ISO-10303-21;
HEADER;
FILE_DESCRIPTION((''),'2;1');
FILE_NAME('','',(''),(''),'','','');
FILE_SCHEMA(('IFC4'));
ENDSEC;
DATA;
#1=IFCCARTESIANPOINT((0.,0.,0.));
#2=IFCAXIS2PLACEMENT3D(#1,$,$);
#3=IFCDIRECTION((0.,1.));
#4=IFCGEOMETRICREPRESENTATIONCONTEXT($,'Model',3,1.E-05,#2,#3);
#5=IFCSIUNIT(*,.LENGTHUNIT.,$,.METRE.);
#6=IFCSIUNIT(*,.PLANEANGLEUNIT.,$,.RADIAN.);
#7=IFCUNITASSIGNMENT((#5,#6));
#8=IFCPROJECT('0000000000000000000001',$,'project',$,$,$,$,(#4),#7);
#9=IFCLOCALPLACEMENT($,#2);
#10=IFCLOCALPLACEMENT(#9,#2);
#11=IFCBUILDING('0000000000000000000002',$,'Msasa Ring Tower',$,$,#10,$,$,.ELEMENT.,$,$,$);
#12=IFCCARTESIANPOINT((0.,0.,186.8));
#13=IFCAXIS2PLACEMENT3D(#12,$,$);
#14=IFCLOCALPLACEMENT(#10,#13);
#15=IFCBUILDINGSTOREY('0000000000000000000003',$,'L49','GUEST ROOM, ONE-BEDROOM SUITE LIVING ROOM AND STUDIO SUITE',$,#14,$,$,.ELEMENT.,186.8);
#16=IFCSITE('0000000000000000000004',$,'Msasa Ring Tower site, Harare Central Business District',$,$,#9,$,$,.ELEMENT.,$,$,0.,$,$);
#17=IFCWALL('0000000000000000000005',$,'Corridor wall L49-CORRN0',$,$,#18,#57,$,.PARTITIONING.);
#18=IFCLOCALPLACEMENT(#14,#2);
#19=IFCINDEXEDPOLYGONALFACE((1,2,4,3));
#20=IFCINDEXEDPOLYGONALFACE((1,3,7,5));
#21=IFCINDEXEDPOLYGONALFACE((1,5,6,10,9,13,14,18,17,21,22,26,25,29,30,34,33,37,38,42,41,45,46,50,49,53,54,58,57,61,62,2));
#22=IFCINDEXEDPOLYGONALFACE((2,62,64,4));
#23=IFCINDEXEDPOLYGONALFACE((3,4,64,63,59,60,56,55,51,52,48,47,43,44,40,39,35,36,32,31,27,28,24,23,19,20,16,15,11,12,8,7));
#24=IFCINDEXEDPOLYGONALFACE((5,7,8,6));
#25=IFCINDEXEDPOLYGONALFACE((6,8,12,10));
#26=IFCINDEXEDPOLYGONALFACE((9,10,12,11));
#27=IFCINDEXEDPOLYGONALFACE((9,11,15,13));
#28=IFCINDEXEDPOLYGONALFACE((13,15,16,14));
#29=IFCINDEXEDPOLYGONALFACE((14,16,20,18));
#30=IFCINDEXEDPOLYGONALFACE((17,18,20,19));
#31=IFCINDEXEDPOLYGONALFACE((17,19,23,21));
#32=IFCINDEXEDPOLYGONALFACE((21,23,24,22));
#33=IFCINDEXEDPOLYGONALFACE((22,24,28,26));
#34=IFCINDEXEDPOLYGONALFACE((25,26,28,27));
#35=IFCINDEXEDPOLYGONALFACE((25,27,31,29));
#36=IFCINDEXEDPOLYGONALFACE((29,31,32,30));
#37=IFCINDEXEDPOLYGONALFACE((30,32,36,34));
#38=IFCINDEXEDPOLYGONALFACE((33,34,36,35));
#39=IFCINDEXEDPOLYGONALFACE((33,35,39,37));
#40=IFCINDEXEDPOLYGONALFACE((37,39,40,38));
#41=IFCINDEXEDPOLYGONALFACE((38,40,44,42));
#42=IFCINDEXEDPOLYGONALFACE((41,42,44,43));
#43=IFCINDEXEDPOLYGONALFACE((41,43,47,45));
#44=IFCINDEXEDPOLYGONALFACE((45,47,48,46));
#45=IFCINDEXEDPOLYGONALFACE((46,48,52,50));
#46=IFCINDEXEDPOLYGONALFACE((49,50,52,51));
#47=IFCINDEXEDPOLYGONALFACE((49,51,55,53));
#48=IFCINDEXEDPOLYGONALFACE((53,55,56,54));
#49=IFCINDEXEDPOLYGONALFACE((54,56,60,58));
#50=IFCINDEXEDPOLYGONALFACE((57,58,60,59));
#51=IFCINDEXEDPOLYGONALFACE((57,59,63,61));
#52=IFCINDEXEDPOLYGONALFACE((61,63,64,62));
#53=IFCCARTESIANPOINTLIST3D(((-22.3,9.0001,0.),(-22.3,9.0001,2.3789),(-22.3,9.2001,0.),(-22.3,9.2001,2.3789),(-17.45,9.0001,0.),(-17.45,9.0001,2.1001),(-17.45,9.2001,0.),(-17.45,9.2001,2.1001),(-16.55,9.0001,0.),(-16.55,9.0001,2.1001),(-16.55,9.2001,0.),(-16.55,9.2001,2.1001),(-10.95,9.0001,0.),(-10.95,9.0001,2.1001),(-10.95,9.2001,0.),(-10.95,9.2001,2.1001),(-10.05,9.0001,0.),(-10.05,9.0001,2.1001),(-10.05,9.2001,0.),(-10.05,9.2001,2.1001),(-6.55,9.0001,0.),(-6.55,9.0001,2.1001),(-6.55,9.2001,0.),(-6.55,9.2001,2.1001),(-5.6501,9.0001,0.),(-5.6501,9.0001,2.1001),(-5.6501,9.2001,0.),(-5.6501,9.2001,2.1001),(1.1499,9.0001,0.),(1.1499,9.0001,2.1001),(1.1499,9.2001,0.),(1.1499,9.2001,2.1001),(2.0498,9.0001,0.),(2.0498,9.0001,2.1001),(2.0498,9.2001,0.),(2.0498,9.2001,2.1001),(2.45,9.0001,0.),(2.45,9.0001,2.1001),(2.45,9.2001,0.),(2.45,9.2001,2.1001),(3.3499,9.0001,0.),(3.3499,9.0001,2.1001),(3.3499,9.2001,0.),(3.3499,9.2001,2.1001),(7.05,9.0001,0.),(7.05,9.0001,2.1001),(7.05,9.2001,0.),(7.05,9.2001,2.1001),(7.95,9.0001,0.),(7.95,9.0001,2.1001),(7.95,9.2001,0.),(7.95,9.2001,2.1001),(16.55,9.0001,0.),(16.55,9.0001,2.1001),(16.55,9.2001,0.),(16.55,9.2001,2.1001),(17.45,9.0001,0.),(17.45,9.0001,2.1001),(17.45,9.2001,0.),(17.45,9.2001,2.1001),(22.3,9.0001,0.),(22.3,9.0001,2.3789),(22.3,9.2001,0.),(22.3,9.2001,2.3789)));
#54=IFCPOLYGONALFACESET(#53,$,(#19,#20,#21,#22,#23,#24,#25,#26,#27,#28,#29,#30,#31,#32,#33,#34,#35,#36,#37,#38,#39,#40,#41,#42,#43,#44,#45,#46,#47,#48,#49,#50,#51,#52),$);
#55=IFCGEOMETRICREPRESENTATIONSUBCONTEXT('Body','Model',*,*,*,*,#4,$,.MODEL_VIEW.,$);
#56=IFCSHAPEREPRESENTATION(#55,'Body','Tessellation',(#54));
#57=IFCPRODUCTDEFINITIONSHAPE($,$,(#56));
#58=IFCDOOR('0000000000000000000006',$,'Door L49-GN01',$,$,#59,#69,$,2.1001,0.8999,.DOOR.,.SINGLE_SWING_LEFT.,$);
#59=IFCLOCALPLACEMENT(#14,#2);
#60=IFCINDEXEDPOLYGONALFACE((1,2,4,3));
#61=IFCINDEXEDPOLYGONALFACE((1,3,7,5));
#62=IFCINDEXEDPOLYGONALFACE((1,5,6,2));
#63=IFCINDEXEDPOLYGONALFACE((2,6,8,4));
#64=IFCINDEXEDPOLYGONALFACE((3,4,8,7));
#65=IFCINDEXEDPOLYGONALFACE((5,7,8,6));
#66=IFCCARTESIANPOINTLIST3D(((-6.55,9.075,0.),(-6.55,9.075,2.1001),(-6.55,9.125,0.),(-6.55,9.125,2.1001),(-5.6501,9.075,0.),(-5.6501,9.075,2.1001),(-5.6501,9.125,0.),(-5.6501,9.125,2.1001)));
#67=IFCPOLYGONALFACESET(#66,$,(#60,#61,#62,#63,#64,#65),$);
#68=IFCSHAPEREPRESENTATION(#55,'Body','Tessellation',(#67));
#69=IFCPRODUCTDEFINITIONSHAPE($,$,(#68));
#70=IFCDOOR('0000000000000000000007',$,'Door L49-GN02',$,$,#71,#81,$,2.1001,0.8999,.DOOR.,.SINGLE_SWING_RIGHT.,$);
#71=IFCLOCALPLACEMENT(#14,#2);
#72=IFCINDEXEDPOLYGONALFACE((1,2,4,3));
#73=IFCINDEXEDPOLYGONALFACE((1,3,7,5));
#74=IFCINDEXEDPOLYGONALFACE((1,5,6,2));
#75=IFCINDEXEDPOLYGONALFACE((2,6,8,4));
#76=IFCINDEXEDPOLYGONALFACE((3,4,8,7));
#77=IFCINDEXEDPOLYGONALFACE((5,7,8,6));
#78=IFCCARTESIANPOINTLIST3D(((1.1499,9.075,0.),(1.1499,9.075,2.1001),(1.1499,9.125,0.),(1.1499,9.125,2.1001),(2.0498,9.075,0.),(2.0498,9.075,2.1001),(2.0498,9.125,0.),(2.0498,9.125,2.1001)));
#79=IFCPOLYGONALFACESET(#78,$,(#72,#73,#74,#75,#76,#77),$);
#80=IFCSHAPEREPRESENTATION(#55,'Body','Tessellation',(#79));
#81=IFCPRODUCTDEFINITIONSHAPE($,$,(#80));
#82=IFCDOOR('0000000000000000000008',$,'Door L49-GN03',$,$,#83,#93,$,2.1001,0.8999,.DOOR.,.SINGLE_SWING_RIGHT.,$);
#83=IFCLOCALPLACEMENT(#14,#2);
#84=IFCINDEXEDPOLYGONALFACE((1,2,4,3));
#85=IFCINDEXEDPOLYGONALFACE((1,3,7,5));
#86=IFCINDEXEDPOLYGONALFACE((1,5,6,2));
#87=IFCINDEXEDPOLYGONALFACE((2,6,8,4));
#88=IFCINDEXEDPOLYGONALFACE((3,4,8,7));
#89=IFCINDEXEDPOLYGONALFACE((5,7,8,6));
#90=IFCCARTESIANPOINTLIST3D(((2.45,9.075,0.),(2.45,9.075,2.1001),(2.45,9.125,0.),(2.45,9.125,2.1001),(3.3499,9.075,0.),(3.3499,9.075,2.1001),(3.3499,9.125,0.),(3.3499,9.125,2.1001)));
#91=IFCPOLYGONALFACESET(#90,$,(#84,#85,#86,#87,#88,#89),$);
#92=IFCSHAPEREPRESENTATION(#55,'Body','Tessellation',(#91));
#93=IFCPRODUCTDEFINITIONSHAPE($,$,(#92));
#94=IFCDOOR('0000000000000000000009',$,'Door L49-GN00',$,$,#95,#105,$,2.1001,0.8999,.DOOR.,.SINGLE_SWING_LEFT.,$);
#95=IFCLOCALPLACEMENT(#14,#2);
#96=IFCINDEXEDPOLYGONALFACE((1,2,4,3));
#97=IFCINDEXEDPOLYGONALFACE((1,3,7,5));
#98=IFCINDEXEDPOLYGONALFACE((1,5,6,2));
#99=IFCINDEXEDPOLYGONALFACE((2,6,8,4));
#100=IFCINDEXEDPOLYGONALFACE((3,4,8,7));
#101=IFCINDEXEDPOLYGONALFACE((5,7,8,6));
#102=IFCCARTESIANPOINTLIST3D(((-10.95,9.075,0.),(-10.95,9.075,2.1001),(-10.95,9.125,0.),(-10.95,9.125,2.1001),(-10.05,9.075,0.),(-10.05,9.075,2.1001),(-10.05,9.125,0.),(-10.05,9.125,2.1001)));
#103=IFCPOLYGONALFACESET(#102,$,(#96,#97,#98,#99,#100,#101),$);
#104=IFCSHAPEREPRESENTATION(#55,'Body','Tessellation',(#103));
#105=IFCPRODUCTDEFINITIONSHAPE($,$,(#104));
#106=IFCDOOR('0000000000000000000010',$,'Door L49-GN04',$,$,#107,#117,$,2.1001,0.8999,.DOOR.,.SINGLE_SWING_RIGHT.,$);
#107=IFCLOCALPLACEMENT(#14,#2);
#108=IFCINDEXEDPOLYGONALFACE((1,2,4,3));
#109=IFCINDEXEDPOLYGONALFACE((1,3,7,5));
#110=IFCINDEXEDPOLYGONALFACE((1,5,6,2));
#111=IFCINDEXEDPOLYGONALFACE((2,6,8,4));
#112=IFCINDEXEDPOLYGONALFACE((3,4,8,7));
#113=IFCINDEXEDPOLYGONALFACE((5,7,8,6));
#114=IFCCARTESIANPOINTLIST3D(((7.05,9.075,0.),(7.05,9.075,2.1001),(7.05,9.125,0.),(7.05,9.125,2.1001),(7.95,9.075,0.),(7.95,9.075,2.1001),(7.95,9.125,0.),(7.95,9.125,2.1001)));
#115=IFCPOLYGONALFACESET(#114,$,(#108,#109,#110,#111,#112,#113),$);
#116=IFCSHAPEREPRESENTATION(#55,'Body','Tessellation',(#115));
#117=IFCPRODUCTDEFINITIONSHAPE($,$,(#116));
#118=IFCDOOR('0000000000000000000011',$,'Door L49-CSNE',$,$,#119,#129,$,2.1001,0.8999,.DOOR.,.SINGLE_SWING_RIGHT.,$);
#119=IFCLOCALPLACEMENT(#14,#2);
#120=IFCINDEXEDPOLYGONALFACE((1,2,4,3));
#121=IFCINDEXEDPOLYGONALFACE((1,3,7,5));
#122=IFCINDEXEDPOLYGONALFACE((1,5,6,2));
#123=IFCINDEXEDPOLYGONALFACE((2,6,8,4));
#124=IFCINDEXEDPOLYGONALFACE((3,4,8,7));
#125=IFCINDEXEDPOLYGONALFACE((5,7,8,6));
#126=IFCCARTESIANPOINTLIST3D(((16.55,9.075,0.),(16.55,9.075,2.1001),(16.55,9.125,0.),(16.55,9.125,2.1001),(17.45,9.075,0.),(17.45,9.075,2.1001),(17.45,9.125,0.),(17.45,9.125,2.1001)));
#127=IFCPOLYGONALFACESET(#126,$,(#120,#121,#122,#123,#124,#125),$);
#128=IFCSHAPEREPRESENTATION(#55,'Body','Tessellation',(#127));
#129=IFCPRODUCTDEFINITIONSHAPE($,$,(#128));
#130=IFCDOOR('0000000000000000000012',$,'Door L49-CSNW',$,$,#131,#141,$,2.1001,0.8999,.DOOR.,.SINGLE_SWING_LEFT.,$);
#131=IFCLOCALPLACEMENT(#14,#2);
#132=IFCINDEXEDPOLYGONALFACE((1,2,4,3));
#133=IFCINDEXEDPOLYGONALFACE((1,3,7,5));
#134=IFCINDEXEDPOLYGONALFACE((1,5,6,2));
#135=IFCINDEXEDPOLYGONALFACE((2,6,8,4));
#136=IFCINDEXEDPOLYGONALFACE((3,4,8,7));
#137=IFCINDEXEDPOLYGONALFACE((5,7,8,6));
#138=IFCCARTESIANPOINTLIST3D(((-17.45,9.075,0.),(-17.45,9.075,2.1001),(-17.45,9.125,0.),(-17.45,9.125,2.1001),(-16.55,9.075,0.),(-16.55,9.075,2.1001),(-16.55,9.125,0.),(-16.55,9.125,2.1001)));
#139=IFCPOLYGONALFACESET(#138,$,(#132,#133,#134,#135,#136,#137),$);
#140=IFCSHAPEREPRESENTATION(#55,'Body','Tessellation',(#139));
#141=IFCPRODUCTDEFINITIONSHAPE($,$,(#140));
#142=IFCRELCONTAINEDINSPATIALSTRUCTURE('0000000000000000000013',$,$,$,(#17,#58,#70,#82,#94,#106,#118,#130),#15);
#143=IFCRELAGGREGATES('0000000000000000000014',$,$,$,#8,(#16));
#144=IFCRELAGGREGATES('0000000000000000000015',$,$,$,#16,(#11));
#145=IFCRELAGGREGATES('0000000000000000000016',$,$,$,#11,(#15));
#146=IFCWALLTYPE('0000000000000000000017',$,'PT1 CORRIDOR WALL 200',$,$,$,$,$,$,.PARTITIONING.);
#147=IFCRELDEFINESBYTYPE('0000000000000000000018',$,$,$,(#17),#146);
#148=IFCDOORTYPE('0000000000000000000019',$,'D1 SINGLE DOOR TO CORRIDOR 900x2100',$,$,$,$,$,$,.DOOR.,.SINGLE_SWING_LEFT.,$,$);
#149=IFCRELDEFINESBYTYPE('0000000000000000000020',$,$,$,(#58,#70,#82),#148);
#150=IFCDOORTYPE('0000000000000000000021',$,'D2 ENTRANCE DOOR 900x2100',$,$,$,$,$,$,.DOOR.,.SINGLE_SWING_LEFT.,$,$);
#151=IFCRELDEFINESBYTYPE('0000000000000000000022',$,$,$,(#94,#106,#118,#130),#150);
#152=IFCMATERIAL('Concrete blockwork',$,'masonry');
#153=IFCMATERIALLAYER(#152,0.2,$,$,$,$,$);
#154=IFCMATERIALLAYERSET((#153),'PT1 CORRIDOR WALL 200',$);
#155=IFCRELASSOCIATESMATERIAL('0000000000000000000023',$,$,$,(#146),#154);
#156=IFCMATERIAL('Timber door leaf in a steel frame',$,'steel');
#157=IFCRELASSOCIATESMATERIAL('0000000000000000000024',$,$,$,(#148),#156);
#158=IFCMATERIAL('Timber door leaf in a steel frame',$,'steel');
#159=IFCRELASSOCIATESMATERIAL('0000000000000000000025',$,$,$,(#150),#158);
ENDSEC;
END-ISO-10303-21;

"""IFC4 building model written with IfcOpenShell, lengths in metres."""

from ifc_helpers import new_model, si_unit, direction, frame, frame_2d, origin, place, context, subcontext, project, spatial, rectangle, extrude, material, layer, layer_set, type_object, element, fill, save


model = new_model("IFC4")

# Units and contexts
model_context = context("Model", 3, precision=1e-05, world=origin(), true_north=direction((0.0, 1.0)))
body_context = subcontext(model_context, "Body", "Model", "MODEL_VIEW")
ifc_project = project(units=[si_unit("LENGTHUNIT", "METRE"), si_unit("PLANEANGLEUNIT", "RADIAN")], contexts=[model_context])

# Site, building, storey
site_placement = place(None, origin())
site = spatial("IfcSite", under=ifc_project, at=site_placement, Name="Msasa Ring Tower site, Harare Central Business District", CompositionType="ELEMENT", RefElevation=0.0)
building_placement = place(site_placement, origin())
building = spatial("IfcBuilding", under=site, at=building_placement, Name="Msasa Ring Tower", CompositionType="ELEMENT")
storey_placement = place(building_placement, frame((0.0, 0.0, 186.8)))
storey = spatial("IfcBuildingStorey", under=building, at=storey_placement, Name="L49", Description="GUEST ROOM, ONE-BEDROOM SUITE LIVING ROOM AND STUDIO SUITE", CompositionType="ELEMENT", Elevation=186.8)

# Wall, openings, doors
ifc_material_1 = material(Name="Concrete blockwork", Category="masonry")
ifc_layer_1 = layer(ifc_material_1, 0.2)
ifc_layer_set_1 = layer_set([ifc_layer_1], Name="PT1 CORRIDOR WALL 200")
wall_type_1 = type_object("IfcWallType", Name="PT1 CORRIDOR WALL 200", PredefinedType="PARTITIONING", material=ifc_layer_set_1)
wall_1_placement = place(storey_placement, frame((-22.3, 9.1001, 0.0), z_axis=(0.0, 0.0, 1.0), x_axis=(1.0, 0.0, 0.0)))
wall_1 = element("IfcWall", 1, at=wall_1_placement, inside=storey, type_object=wall_type_1, Name="Corridor wall L49-CORRN0", PredefinedType="PARTITIONING", context=body_context, shape_type="SweptSolid", body=[
    extrude(rectangle(XDim=44.6001, YDim=0.2, at=frame_2d((22.3, 0.0))), origin(), (0.0, 0.0, 1.0), 2.3789),
])
opening_1_placement = place(wall_1_placement, frame((11.3501, 0.0, 0.0)))
opening_1 = element("IfcOpeningElement", 2, at=opening_1_placement, cuts=wall_1, PredefinedType="OPENING", context=body_context, shape_type="SweptSolid", body=[
    extrude(rectangle(XDim=0.8999, YDim=2.1001, at=frame_2d((0.45, 1.05))), frame((0.0, 0.1099, 0.0), z_axis=(0.0, -1.0, 0.0), x_axis=(1.0, 0.0, 0.0)), (0.0, 0.0, 1.0), 0.22),
])
opening_2_placement = place(wall_1_placement, frame((15.75, 0.0, 0.0)))
opening_2 = element("IfcOpeningElement", 3, at=opening_2_placement, cuts=wall_1, PredefinedType="OPENING", context=body_context, shape_type="SweptSolid", body=[
    extrude(rectangle(XDim=0.8999, YDim=2.1001, at=frame_2d((0.45, 1.05))), frame((0.0, 0.1099, 0.0), z_axis=(0.0, -1.0, 0.0), x_axis=(1.0, 0.0, 0.0)), (0.0, 0.0, 1.0), 0.22),
])
opening_3_placement = place(wall_1_placement, frame((23.45, 0.0, 0.0)))
opening_3 = element("IfcOpeningElement", 4, at=opening_3_placement, cuts=wall_1, PredefinedType="OPENING", context=body_context, shape_type="SweptSolid", body=[
    extrude(rectangle(XDim=0.8999, YDim=2.1001, at=frame_2d((0.45, 1.05))), frame((0.0, 0.1099, 0.0), z_axis=(0.0, -1.0, 0.0), x_axis=(1.0, 0.0, 0.0)), (0.0, 0.0, 1.0), 0.22),
])
opening_4_placement = place(wall_1_placement, frame((24.75, 0.0, 0.0)))
opening_4 = element("IfcOpeningElement", 5, at=opening_4_placement, cuts=wall_1, PredefinedType="OPENING", context=body_context, shape_type="SweptSolid", body=[
    extrude(rectangle(XDim=0.8999, YDim=2.1001, at=frame_2d((0.45, 1.05))), frame((0.0, 0.1099, 0.0), z_axis=(0.0, -1.0, 0.0), x_axis=(1.0, 0.0, 0.0)), (0.0, 0.0, 1.0), 0.22),
])
opening_5_placement = place(wall_1_placement, frame((29.3501, 0.0, 0.0)))
opening_5 = element("IfcOpeningElement", 6, at=opening_5_placement, cuts=wall_1, PredefinedType="OPENING", context=body_context, shape_type="SweptSolid", body=[
    extrude(rectangle(XDim=0.8999, YDim=2.1001, at=frame_2d((0.45, 1.05))), frame((0.0, 0.1099, 0.0), z_axis=(0.0, -1.0, 0.0), x_axis=(1.0, 0.0, 0.0)), (0.0, 0.0, 1.0), 0.22),
])
opening_6_placement = place(wall_1_placement, frame((38.8501, 0.0, 0.0)))
opening_6 = element("IfcOpeningElement", 7, at=opening_6_placement, cuts=wall_1, PredefinedType="OPENING", context=body_context, shape_type="SweptSolid", body=[
    extrude(rectangle(XDim=0.8999, YDim=2.1001, at=frame_2d((0.45, 1.05))), frame((0.0, 0.1099, 0.0), z_axis=(0.0, -1.0, 0.0), x_axis=(1.0, 0.0, 0.0)), (0.0, 0.0, 1.0), 0.22),
])
opening_7_placement = place(wall_1_placement, frame((4.8501, 0.0, 0.0)))
opening_7 = element("IfcOpeningElement", 8, at=opening_7_placement, cuts=wall_1, PredefinedType="OPENING", context=body_context, shape_type="SweptSolid", body=[
    extrude(rectangle(XDim=0.8999, YDim=2.1001, at=frame_2d((0.45, 1.05))), frame((0.0, 0.1099, 0.0), z_axis=(0.0, -1.0, 0.0), x_axis=(1.0, 0.0, 0.0)), (0.0, 0.0, 1.0), 0.22),
])
ifc_material_2 = material(Name="Timber door leaf in a steel frame", Category="steel")
door_type_1 = type_object("IfcDoorType", Name="D1 SINGLE DOOR TO CORRIDOR 900x2100", OperationType="SINGLE_SWING_LEFT", PredefinedType="DOOR", material=ifc_material_2)
door_1_placement = place(opening_2_placement, origin())
door_1 = element("IfcDoor", 9, at=door_1_placement, inside=storey, type_object=door_type_1, Name="Door L49-GN01", OperationType="SINGLE_SWING_LEFT", OverallHeight=2.1001, OverallWidth=0.8999, PredefinedType="DOOR", context=body_context, shape_type="SweptSolid", body=[
    extrude(rectangle(XDim=0.8999, YDim=2.1001, at=frame_2d((0.45, 1.05))), frame((0.0, 0.0249, 0.0), z_axis=(0.0, -1.0, 0.0), x_axis=(1.0, 0.0, 0.0)), (0.0, 0.0, 1.0), 0.05),
])
fill(opening_2, door_1)
door_2_placement = place(opening_3_placement, origin())
door_2 = element("IfcDoor", 10, at=door_2_placement, inside=storey, type_object=door_type_1, Name="Door L49-GN02", OperationType="SINGLE_SWING_RIGHT", OverallHeight=2.1001, OverallWidth=0.8999, PredefinedType="DOOR", context=body_context, shape_type="SweptSolid", body=[
    extrude(rectangle(XDim=0.8999, YDim=2.1001, at=frame_2d((0.45, 1.05))), frame((0.0, 0.0249, 0.0), z_axis=(0.0, -1.0, 0.0), x_axis=(1.0, 0.0, 0.0)), (0.0, 0.0, 1.0), 0.05),
])
fill(opening_3, door_2)
door_3_placement = place(opening_4_placement, origin())
door_3 = element("IfcDoor", 11, at=door_3_placement, inside=storey, type_object=door_type_1, Name="Door L49-GN03", OperationType="SINGLE_SWING_RIGHT", OverallHeight=2.1001, OverallWidth=0.8999, PredefinedType="DOOR", context=body_context, shape_type="SweptSolid", body=[
    extrude(rectangle(XDim=0.8999, YDim=2.1001, at=frame_2d((0.45, 1.05))), frame((0.0, 0.0249, 0.0), z_axis=(0.0, -1.0, 0.0), x_axis=(1.0, 0.0, 0.0)), (0.0, 0.0, 1.0), 0.05),
])
fill(opening_4, door_3)
ifc_material_3 = material(Name="Timber door leaf in a steel frame", Category="steel")
door_type_2 = type_object("IfcDoorType", Name="D2 ENTRANCE DOOR 900x2100", OperationType="SINGLE_SWING_LEFT", PredefinedType="DOOR", material=ifc_material_3)
door_4_placement = place(opening_1_placement, origin())
door_4 = element("IfcDoor", 12, at=door_4_placement, inside=storey, type_object=door_type_2, Name="Door L49-GN00", OperationType="SINGLE_SWING_LEFT", OverallHeight=2.1001, OverallWidth=0.8999, PredefinedType="DOOR", context=body_context, shape_type="SweptSolid", body=[
    extrude(rectangle(XDim=0.8999, YDim=2.1001, at=frame_2d((0.45, 1.05))), frame((0.0, 0.0249, 0.0), z_axis=(0.0, -1.0, 0.0), x_axis=(1.0, 0.0, 0.0)), (0.0, 0.0, 1.0), 0.05),
])
fill(opening_1, door_4)
door_5_placement = place(opening_5_placement, origin())
door_5 = element("IfcDoor", 13, at=door_5_placement, inside=storey, type_object=door_type_2, Name="Door L49-GN04", OperationType="SINGLE_SWING_RIGHT", OverallHeight=2.1001, OverallWidth=0.8999, PredefinedType="DOOR", context=body_context, shape_type="SweptSolid", body=[
    extrude(rectangle(XDim=0.8999, YDim=2.1001, at=frame_2d((0.45, 1.05))), frame((0.0, 0.0249, 0.0), z_axis=(0.0, -1.0, 0.0), x_axis=(1.0, 0.0, 0.0)), (0.0, 0.0, 1.0), 0.05),
])
fill(opening_5, door_5)
door_6_placement = place(opening_6_placement, origin())
door_6 = element("IfcDoor", 14, at=door_6_placement, inside=storey, type_object=door_type_2, Name="Door L49-CSNE", OperationType="SINGLE_SWING_RIGHT", OverallHeight=2.1001, OverallWidth=0.8999, PredefinedType="DOOR", context=body_context, shape_type="SweptSolid", body=[
    extrude(rectangle(XDim=0.8999, YDim=2.1001, at=frame_2d((0.45, 1.05))), frame((0.0, 0.0249, 0.0), z_axis=(0.0, -1.0, 0.0), x_axis=(1.0, 0.0, 0.0)), (0.0, 0.0, 1.0), 0.05),
])
fill(opening_6, door_6)
door_7_placement = place(opening_7_placement, origin())
door_7 = element("IfcDoor", 15, at=door_7_placement, inside=storey, type_object=door_type_2, Name="Door L49-CSNW", OperationType="SINGLE_SWING_LEFT", OverallHeight=2.1001, OverallWidth=0.8999, PredefinedType="DOOR", context=body_context, shape_type="SweptSolid", body=[
    extrude(rectangle(XDim=0.8999, YDim=2.1001, at=frame_2d((0.45, 1.05))), frame((0.0, 0.0249, 0.0), z_axis=(0.0, -1.0, 0.0), x_axis=(1.0, 0.0, 0.0)), (0.0, 0.0, 1.0), 0.05),
])
fill(opening_7, door_7)

save(model, "model.ifc")
